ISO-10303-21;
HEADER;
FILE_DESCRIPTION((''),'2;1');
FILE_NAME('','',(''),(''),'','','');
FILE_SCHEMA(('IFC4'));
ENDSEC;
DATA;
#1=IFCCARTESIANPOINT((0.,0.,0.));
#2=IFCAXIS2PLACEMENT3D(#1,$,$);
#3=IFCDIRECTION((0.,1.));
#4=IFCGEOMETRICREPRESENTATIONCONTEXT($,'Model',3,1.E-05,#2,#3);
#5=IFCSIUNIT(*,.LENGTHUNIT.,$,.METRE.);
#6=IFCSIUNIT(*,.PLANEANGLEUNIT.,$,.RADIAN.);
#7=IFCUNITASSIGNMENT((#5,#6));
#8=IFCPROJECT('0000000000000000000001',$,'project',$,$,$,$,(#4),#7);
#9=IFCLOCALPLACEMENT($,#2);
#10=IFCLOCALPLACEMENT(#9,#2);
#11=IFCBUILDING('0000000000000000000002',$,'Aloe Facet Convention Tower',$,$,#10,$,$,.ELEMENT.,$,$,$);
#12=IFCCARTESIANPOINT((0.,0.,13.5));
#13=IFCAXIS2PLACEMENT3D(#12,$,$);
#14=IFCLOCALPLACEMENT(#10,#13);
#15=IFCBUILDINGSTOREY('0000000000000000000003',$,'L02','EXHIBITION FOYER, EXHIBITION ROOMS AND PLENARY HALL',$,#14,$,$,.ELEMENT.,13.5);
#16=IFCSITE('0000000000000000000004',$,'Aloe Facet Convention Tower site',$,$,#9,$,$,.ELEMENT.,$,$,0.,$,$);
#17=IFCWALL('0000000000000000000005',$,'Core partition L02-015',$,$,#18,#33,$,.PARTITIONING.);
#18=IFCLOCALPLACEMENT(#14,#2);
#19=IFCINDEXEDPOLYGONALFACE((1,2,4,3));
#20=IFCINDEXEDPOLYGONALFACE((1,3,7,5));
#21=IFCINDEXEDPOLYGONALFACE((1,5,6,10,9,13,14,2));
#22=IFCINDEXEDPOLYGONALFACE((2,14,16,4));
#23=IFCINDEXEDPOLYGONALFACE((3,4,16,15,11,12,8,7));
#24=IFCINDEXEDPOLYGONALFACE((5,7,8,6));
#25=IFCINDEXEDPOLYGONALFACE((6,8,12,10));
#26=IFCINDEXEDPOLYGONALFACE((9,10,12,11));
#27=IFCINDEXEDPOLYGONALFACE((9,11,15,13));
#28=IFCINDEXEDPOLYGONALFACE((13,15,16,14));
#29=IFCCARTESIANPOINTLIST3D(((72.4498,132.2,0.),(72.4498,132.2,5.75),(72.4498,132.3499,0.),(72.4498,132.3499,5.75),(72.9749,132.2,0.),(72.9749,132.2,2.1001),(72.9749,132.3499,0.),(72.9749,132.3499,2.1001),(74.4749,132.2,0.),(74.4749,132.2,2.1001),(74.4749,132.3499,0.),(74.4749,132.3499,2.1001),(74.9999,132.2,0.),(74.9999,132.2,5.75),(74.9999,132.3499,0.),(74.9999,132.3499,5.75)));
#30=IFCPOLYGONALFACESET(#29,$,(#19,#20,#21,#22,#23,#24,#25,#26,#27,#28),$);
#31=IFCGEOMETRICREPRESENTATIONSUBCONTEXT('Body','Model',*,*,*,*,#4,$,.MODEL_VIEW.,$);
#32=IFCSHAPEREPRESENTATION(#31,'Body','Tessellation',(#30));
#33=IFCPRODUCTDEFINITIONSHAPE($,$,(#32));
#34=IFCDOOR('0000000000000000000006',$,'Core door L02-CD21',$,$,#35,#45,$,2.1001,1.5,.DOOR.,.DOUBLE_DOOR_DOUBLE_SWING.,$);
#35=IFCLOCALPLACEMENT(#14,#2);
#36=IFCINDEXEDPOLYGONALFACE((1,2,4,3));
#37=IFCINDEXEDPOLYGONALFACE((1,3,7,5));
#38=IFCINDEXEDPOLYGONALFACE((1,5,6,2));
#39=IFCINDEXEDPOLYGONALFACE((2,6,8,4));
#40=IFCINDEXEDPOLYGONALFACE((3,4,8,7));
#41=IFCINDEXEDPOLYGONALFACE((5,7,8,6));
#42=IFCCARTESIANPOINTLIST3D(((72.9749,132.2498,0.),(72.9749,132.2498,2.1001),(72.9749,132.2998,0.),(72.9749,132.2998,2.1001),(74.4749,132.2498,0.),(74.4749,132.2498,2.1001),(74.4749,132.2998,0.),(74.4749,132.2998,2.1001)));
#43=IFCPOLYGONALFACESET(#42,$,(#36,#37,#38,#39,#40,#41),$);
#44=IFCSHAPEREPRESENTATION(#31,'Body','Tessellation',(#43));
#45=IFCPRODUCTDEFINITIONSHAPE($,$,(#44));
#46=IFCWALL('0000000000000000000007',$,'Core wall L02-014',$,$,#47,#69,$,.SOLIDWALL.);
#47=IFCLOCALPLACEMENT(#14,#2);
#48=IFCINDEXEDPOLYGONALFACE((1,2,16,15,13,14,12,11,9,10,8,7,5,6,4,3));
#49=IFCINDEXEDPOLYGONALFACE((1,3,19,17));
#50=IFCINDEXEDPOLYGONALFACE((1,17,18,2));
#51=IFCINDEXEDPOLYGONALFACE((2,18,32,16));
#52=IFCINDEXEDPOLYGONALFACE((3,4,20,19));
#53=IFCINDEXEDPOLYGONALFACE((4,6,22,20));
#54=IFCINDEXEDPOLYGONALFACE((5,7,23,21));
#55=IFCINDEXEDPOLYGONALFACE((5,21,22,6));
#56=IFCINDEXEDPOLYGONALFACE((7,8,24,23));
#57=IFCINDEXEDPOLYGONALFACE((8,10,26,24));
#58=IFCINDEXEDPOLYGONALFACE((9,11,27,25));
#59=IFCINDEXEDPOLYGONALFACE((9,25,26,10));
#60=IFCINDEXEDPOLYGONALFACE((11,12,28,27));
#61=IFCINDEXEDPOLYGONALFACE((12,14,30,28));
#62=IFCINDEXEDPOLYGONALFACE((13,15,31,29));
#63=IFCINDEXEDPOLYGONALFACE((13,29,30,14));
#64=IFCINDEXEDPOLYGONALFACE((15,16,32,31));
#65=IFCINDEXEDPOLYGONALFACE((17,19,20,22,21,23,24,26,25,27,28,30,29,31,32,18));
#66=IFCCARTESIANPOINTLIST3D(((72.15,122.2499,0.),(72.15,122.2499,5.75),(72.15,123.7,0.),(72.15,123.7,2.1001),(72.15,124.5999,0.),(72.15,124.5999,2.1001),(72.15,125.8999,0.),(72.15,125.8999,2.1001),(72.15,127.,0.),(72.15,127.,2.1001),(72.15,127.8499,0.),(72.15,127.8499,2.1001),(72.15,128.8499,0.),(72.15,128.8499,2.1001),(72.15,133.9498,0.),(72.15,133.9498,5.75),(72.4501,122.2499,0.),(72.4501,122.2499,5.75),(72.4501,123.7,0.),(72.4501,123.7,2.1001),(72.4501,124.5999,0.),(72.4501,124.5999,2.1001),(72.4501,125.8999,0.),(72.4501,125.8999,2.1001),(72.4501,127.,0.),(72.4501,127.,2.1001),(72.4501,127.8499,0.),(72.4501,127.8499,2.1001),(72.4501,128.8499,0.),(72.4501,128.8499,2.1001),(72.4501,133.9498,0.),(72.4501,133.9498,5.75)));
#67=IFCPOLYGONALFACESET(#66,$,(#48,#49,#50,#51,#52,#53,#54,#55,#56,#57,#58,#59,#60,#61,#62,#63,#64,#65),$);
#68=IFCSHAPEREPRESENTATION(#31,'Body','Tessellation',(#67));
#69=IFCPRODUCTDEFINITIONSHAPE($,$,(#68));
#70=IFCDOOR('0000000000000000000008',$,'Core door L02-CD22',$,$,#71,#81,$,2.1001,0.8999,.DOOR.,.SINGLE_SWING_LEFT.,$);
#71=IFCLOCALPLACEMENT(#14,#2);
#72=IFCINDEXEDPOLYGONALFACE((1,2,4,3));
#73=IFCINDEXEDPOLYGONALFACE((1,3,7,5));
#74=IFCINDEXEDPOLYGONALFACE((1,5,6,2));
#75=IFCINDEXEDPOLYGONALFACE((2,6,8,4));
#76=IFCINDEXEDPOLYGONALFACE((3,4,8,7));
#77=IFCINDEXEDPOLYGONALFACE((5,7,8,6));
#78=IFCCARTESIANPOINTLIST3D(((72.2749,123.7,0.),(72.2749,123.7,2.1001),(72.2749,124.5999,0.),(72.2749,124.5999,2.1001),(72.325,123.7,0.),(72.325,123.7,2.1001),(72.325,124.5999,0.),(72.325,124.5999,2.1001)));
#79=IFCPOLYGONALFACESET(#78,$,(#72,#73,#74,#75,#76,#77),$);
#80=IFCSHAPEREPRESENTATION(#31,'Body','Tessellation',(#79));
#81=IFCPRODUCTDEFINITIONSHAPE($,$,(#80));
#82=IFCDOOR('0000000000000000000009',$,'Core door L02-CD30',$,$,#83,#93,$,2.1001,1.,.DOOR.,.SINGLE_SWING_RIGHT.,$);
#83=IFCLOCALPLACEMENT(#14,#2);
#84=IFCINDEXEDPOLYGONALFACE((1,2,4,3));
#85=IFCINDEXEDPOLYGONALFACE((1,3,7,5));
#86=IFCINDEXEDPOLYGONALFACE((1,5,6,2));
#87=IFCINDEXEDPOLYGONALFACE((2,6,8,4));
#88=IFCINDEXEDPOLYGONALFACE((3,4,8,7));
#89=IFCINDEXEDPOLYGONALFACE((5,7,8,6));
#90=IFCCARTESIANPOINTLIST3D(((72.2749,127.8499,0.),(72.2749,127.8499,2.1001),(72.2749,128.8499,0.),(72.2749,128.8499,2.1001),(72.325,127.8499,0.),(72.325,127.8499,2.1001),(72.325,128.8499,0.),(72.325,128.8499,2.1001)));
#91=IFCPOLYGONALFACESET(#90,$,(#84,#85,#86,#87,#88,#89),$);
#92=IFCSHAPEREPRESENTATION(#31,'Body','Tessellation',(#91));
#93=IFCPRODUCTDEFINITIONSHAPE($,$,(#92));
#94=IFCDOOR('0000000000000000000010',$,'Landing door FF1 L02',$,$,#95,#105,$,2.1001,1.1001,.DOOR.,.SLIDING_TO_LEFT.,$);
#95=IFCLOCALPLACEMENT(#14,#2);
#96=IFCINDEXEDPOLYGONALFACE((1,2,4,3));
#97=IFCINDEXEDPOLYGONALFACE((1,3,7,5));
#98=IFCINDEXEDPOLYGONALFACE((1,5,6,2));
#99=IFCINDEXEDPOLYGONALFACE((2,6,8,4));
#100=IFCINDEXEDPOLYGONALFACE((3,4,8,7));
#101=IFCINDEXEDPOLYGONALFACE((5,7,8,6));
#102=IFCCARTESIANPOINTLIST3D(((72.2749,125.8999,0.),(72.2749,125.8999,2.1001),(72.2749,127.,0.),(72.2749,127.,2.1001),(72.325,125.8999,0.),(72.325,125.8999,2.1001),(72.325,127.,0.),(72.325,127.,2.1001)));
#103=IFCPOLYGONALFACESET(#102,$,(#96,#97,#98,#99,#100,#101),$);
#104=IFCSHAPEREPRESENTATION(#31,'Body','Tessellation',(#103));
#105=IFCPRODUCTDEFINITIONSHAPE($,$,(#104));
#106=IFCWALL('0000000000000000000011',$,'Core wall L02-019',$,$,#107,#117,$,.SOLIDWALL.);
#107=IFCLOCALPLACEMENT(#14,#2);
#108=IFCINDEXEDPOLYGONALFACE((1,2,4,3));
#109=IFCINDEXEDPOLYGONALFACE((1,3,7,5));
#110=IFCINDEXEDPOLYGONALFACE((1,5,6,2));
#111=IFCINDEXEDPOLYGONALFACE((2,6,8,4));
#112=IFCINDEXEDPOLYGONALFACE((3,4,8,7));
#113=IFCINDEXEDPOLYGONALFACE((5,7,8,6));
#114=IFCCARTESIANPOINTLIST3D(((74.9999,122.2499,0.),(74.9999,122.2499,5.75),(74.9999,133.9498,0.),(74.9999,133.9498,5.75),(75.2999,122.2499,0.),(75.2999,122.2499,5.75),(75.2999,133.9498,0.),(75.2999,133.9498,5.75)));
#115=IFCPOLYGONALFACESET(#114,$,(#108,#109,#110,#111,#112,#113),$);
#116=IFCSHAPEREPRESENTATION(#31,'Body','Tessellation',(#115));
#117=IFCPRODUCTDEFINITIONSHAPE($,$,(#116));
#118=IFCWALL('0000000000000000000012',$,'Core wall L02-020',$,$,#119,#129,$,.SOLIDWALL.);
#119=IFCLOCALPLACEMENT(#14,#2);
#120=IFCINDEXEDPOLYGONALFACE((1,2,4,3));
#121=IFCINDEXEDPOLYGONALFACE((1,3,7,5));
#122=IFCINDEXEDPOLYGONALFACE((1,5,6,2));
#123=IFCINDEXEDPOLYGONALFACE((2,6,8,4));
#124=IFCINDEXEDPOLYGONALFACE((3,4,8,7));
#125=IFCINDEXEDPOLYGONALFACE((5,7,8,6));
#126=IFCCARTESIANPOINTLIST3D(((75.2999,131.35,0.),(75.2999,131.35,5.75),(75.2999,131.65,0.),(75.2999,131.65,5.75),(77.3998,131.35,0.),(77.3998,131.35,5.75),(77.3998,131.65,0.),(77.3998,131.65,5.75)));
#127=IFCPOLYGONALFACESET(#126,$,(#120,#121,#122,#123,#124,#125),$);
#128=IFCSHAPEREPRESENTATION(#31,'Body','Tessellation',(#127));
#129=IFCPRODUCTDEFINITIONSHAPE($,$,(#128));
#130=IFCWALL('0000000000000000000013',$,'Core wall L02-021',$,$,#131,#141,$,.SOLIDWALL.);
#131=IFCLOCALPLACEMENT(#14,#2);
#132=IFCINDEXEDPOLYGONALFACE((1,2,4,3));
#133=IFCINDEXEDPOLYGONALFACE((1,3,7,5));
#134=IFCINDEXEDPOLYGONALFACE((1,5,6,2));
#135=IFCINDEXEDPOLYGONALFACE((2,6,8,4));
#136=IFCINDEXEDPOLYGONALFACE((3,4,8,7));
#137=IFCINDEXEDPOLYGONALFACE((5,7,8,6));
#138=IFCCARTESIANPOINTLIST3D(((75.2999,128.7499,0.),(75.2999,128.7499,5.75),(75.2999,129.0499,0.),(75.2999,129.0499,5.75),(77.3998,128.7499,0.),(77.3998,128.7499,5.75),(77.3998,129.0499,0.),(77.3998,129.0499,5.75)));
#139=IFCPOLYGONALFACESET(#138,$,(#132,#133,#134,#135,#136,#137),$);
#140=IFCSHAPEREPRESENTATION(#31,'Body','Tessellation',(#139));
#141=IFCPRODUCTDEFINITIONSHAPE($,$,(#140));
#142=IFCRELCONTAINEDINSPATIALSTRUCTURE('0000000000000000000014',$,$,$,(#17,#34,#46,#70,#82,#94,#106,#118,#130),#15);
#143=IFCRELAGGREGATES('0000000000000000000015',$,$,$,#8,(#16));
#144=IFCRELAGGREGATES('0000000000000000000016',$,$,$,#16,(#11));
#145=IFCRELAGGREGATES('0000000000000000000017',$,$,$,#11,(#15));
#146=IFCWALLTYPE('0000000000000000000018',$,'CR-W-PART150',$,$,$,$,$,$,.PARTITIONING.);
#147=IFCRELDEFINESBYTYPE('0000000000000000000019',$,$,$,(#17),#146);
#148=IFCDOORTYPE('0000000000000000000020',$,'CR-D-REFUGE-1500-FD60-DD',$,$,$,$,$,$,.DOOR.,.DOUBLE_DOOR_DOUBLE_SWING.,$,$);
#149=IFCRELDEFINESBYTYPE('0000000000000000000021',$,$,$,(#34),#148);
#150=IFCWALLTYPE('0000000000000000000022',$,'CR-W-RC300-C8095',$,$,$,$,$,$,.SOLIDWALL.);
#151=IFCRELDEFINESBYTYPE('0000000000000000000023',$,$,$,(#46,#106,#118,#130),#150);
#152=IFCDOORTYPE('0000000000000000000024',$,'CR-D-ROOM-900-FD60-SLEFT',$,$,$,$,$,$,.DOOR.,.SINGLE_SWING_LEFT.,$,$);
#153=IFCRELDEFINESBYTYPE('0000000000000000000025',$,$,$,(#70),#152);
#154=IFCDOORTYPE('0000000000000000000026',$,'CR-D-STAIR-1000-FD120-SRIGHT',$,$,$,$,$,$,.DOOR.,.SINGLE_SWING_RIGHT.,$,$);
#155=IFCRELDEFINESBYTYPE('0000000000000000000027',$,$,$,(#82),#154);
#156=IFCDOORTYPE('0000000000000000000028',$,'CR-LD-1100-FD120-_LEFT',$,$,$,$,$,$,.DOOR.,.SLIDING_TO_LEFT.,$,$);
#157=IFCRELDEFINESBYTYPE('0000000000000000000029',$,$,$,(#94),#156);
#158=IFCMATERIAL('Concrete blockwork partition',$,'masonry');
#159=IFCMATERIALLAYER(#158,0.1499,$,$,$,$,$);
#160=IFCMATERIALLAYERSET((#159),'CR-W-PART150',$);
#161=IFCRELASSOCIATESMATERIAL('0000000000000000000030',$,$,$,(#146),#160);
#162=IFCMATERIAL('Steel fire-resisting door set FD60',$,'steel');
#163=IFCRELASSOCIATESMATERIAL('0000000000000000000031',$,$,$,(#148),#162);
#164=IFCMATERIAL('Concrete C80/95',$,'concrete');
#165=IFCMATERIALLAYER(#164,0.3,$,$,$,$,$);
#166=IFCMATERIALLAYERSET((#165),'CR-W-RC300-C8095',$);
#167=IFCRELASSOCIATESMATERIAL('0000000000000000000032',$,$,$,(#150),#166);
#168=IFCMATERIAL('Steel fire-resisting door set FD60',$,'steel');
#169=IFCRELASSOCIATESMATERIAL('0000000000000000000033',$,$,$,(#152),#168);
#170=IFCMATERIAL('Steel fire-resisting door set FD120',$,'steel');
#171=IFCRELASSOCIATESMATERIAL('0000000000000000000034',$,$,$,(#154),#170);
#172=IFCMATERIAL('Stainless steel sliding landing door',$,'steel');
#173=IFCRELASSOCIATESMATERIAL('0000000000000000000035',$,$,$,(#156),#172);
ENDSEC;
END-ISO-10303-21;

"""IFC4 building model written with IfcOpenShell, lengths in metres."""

from ifc_helpers import new_model, si_unit, direction, frame, frame_2d, origin, place, context, subcontext, project, spatial, rectangle, extrude, material, layer, layer_set, type_object, element, fill, save


model = new_model("IFC4")

# Units and contexts
model_context = context("Model", 3, precision=1e-05, world=origin(), true_north=direction((0.0, 1.0)))
body_context = subcontext(model_context, "Body", "Model", "MODEL_VIEW")
ifc_project = project(units=[si_unit("LENGTHUNIT", "METRE"), si_unit("PLANEANGLEUNIT", "RADIAN")], contexts=[model_context])

# Site, building, storey
site_placement = place(None, origin())
site = spatial("IfcSite", under=ifc_project, at=site_placement, Name="Aloe Facet Convention Tower site", CompositionType="ELEMENT", RefElevation=0.0)
building_placement = place(site_placement, origin())
building = spatial("IfcBuilding", under=site, at=building_placement, Name="Aloe Facet Convention Tower", CompositionType="ELEMENT")
storey_placement = place(building_placement, frame((0.0, 0.0, 13.5)))
storey = spatial("IfcBuildingStorey", under=building, at=storey_placement, Name="L02", Description="EXHIBITION FOYER, EXHIBITION ROOMS AND PLENARY HALL", CompositionType="ELEMENT", Elevation=13.5)

# Wall, opening, door
ifc_material_1 = material(Name="Concrete blockwork partition", Category="masonry")
ifc_layer_1 = layer(ifc_material_1, 0.1499)
ifc_layer_set_1 = layer_set([ifc_layer_1], Name="CR-W-PART150")
wall_type_1 = type_object("IfcWallType", Name="CR-W-PART150", PredefinedType="PARTITIONING", material=ifc_layer_set_1)
wall_1_placement = place(storey_placement, frame((72.45, 132.2749, 0.0), z_axis=(0.0, 0.0, 1.0), x_axis=(1.0, 0.0, 0.0)))
wall_1 = element("IfcWall", 1, at=wall_1_placement, inside=storey, type_object=wall_type_1, Name="Core partition L02-015", PredefinedType="PARTITIONING", context=body_context, shape_type="SweptSolid", body=[
    extrude(rectangle(XDim=2.55, YDim=0.1499, at=frame_2d((1.2749, 0.0))), origin(), (0.0, 0.0, 1.0), 5.75),
])
opening_1_placement = place(wall_1_placement, frame((0.5249, 0.0, 0.0)))
opening_1 = element("IfcOpeningElement", 2, at=opening_1_placement, cuts=wall_1, PredefinedType="OPENING", context=body_context, shape_type="SweptSolid", body=[
    extrude(rectangle(XDim=1.5, YDim=2.1001, at=frame_2d((0.75, 1.05))), frame((0.0, 0.085, 0.0), z_axis=(0.0, -1.0, 0.0), x_axis=(1.0, 0.0, 0.0)), (0.0, 0.0, 1.0), 0.1699),
])
ifc_material_2 = material(Name="Steel fire-resisting door set FD60", Category="steel")
door_type_1 = type_object("IfcDoorType", Name="CR-D-REFUGE-1500-FD60-DD", OperationType="DOUBLE_DOOR_DOUBLE_SWING", PredefinedType="DOOR", material=ifc_material_2)
door_1_placement = place(opening_1_placement, origin())
door_1 = element("IfcDoor", 3, at=door_1_placement, inside=storey, type_object=door_type_1, Name="Core door L02-CD21", OperationType="DOUBLE_DOOR_DOUBLE_SWING", OverallHeight=2.1001, OverallWidth=1.5, PredefinedType="DOOR", context=body_context, shape_type="SweptSolid", body=[
    extrude(rectangle(XDim=1.5, YDim=2.1001, at=frame_2d((0.75, 1.05))), frame((0.0, 0.0249, 0.0), z_axis=(0.0, -1.0, 0.0), x_axis=(1.0, 0.0, 0.0)), (0.0, 0.0, 1.0), 0.05),
])
fill(opening_1, door_1)

# Wall, openings, doors
ifc_material_3 = material(Name="Concrete C80/95", Category="concrete")
ifc_layer_2 = layer(ifc_material_3, 0.3)
ifc_layer_set_2 = layer_set([ifc_layer_2], Name="CR-W-RC300-C8095")
wall_type_2 = type_object("IfcWallType", Name="CR-W-RC300-C8095", PredefinedType="SOLIDWALL", material=ifc_layer_set_2)
wall_2_placement = place(storey_placement, frame((72.3, 133.95, 0.0), z_axis=(0.0, 0.0, 1.0), x_axis=(0.0, -1.0, 0.0)))
wall_2 = element("IfcWall", 4, at=wall_2_placement, inside=storey, type_object=wall_type_2, Name="Core wall L02-014", PredefinedType="SOLIDWALL", context=body_context, shape_type="SweptSolid", body=[
    extrude(rectangle(XDim=11.7, YDim=0.3, at=frame_2d((5.8501, 0.0))), origin(), (0.0, 0.0, 1.0), 5.75),
])
opening_2_placement = place(wall_2_placement, frame((6.95, 0.0, 0.0)))
opening_2 = element("IfcOpeningElement", 5, at=opening_2_placement, cuts=wall_2, PredefinedType="OPENING", context=body_context, shape_type="SweptSolid", body=[
    extrude(rectangle(XDim=1.1001, YDim=2.1001, at=frame_2d((0.55, 1.05))), frame((0.0, 0.1602, 0.0), z_axis=(0.0, -1.0, 0.0), x_axis=(1.0, 0.0, 0.0)), (0.0, 0.0, 1.0), 0.3201),
])
opening_3_placement = place(wall_2_placement, frame((9.3501, 0.0, 0.0)))
opening_3 = element("IfcOpeningElement", 6, at=opening_3_placement, cuts=wall_2, PredefinedType="OPENING", context=body_context, shape_type="SweptSolid", body=[
    extrude(rectangle(XDim=0.8999, YDim=2.1001, at=frame_2d((0.45, 1.05))), frame((0.0, 0.1602, 0.0), z_axis=(0.0, -1.0, 0.0), x_axis=(1.0, 0.0, 0.0)), (0.0, 0.0, 1.0), 0.3201),
])
opening_4_placement = place(wall_2_placement, frame((5.1001, 0.0, 0.0)))
opening_4 = element("IfcOpeningElement", 7, at=opening_4_placement, cuts=wall_2, PredefinedType="OPENING", context=body_context, shape_type="SweptSolid", body=[
    extrude(rectangle(XDim=1.0, YDim=2.1001, at=frame_2d((0.5, 1.05))), frame((0.0, 0.1602, 0.0), z_axis=(0.0, -1.0, 0.0), x_axis=(1.0, 0.0, 0.0)), (0.0, 0.0, 1.0), 0.3201),
])
ifc_material_4 = material(Name="Steel fire-resisting door set FD60", Category="steel")
door_type_2 = type_object("IfcDoorType", Name="CR-D-ROOM-900-FD60-SLEFT", OperationType="SINGLE_SWING_LEFT", PredefinedType="DOOR", material=ifc_material_4)
door_2_placement = place(opening_3_placement, origin())
door_2 = element("IfcDoor", 8, at=door_2_placement, inside=storey, type_object=door_type_2, Name="Core door L02-CD22", OperationType="SINGLE_SWING_LEFT", OverallHeight=2.1001, OverallWidth=0.8999, PredefinedType="DOOR", context=body_context, shape_type="SweptSolid", body=[
    extrude(rectangle(XDim=0.8999, YDim=2.1001, at=frame_2d((0.45, 1.05))), frame((0.0, 0.0249, 0.0), z_axis=(0.0, -1.0, 0.0), x_axis=(1.0, 0.0, 0.0)), (0.0, 0.0, 1.0), 0.05),
])
fill(opening_3, door_2)
ifc_material_5 = material(Name="Steel fire-resisting door set FD120", Category="steel")
door_type_3 = type_object("IfcDoorType", Name="CR-D-STAIR-1000-FD120-SRIGHT", OperationType="SINGLE_SWING_RIGHT", PredefinedType="DOOR", material=ifc_material_5)
door_3_placement = place(opening_4_placement, origin())
door_3 = element("IfcDoor", 9, at=door_3_placement, inside=storey, type_object=door_type_3, Name="Core door L02-CD30", OperationType="SINGLE_SWING_RIGHT", OverallHeight=2.1001, OverallWidth=1.0, PredefinedType="DOOR", context=body_context, shape_type="SweptSolid", body=[
    extrude(rectangle(XDim=1.0, YDim=2.1001, at=frame_2d((0.5, 1.05))), frame((0.0, 0.0249, 0.0), z_axis=(0.0, -1.0, 0.0), x_axis=(1.0, 0.0, 0.0)), (0.0, 0.0, 1.0), 0.05),
])
fill(opening_4, door_3)
ifc_material_6 = material(Name="Stainless steel sliding landing door", Category="steel")
door_type_4 = type_object("IfcDoorType", Name="CR-LD-1100-FD120-_LEFT", OperationType="SLIDING_TO_LEFT", PredefinedType="DOOR", material=ifc_material_6)
door_4_placement = place(opening_2_placement, origin())
door_4 = element("IfcDoor", 10, at=door_4_placement, inside=storey, type_object=door_type_4, Name="Landing door FF1 L02", OperationType="SLIDING_TO_LEFT", OverallHeight=2.1001, OverallWidth=1.1001, PredefinedType="DOOR", context=body_context, shape_type="SweptSolid", body=[
    extrude(rectangle(XDim=1.1001, YDim=2.1001, at=frame_2d((0.55, 1.05))), frame((0.0, 0.0249, 0.0), z_axis=(0.0, -1.0, 0.0), x_axis=(1.0, 0.0, 0.0)), (0.0, 0.0, 1.0), 0.05),
])
fill(opening_2, door_4)

# Walls
wall_3_placement = place(storey_placement, frame((75.1499, 133.95, 0.0), z_axis=(0.0, 0.0, 1.0), x_axis=(0.0, -1.0, 0.0)))
element("IfcWall", 11, at=wall_3_placement, inside=storey, type_object=wall_type_2, Name="Core wall L02-019", PredefinedType="SOLIDWALL", context=body_context, shape_type="SweptSolid", body=[
    extrude(rectangle(XDim=11.7, YDim=0.3, at=frame_2d((5.8501, 0.0))), origin(), (0.0, 0.0, 1.0), 5.75),
])
for number, where, z_axis, x_axis, name in (
    (12, (75.3, 131.5, 0.0), (0.0, 0.0, 1.0), (1.0, 0.0, 0.0), "Core wall L02-020"),
    (13, (75.3, 128.8999, 0.0), (0.0, 0.0, 1.0), (1.0, 0.0, 0.0), "Core wall L02-021"),
):
    element("IfcWall", number, at=place(storey_placement, frame(where, z_axis=z_axis, x_axis=x_axis)), inside=storey, type_object=wall_type_2, Name=name, PredefinedType="SOLIDWALL", context=body_context, shape_type="SweptSolid", body=[
        extrude(rectangle(XDim=2.0999, YDim=0.3, at=frame_2d((1.0498, 0.0))), origin(), (0.0, 0.0, 1.0), 5.75),
    ])

save(model, "model.ifc")
